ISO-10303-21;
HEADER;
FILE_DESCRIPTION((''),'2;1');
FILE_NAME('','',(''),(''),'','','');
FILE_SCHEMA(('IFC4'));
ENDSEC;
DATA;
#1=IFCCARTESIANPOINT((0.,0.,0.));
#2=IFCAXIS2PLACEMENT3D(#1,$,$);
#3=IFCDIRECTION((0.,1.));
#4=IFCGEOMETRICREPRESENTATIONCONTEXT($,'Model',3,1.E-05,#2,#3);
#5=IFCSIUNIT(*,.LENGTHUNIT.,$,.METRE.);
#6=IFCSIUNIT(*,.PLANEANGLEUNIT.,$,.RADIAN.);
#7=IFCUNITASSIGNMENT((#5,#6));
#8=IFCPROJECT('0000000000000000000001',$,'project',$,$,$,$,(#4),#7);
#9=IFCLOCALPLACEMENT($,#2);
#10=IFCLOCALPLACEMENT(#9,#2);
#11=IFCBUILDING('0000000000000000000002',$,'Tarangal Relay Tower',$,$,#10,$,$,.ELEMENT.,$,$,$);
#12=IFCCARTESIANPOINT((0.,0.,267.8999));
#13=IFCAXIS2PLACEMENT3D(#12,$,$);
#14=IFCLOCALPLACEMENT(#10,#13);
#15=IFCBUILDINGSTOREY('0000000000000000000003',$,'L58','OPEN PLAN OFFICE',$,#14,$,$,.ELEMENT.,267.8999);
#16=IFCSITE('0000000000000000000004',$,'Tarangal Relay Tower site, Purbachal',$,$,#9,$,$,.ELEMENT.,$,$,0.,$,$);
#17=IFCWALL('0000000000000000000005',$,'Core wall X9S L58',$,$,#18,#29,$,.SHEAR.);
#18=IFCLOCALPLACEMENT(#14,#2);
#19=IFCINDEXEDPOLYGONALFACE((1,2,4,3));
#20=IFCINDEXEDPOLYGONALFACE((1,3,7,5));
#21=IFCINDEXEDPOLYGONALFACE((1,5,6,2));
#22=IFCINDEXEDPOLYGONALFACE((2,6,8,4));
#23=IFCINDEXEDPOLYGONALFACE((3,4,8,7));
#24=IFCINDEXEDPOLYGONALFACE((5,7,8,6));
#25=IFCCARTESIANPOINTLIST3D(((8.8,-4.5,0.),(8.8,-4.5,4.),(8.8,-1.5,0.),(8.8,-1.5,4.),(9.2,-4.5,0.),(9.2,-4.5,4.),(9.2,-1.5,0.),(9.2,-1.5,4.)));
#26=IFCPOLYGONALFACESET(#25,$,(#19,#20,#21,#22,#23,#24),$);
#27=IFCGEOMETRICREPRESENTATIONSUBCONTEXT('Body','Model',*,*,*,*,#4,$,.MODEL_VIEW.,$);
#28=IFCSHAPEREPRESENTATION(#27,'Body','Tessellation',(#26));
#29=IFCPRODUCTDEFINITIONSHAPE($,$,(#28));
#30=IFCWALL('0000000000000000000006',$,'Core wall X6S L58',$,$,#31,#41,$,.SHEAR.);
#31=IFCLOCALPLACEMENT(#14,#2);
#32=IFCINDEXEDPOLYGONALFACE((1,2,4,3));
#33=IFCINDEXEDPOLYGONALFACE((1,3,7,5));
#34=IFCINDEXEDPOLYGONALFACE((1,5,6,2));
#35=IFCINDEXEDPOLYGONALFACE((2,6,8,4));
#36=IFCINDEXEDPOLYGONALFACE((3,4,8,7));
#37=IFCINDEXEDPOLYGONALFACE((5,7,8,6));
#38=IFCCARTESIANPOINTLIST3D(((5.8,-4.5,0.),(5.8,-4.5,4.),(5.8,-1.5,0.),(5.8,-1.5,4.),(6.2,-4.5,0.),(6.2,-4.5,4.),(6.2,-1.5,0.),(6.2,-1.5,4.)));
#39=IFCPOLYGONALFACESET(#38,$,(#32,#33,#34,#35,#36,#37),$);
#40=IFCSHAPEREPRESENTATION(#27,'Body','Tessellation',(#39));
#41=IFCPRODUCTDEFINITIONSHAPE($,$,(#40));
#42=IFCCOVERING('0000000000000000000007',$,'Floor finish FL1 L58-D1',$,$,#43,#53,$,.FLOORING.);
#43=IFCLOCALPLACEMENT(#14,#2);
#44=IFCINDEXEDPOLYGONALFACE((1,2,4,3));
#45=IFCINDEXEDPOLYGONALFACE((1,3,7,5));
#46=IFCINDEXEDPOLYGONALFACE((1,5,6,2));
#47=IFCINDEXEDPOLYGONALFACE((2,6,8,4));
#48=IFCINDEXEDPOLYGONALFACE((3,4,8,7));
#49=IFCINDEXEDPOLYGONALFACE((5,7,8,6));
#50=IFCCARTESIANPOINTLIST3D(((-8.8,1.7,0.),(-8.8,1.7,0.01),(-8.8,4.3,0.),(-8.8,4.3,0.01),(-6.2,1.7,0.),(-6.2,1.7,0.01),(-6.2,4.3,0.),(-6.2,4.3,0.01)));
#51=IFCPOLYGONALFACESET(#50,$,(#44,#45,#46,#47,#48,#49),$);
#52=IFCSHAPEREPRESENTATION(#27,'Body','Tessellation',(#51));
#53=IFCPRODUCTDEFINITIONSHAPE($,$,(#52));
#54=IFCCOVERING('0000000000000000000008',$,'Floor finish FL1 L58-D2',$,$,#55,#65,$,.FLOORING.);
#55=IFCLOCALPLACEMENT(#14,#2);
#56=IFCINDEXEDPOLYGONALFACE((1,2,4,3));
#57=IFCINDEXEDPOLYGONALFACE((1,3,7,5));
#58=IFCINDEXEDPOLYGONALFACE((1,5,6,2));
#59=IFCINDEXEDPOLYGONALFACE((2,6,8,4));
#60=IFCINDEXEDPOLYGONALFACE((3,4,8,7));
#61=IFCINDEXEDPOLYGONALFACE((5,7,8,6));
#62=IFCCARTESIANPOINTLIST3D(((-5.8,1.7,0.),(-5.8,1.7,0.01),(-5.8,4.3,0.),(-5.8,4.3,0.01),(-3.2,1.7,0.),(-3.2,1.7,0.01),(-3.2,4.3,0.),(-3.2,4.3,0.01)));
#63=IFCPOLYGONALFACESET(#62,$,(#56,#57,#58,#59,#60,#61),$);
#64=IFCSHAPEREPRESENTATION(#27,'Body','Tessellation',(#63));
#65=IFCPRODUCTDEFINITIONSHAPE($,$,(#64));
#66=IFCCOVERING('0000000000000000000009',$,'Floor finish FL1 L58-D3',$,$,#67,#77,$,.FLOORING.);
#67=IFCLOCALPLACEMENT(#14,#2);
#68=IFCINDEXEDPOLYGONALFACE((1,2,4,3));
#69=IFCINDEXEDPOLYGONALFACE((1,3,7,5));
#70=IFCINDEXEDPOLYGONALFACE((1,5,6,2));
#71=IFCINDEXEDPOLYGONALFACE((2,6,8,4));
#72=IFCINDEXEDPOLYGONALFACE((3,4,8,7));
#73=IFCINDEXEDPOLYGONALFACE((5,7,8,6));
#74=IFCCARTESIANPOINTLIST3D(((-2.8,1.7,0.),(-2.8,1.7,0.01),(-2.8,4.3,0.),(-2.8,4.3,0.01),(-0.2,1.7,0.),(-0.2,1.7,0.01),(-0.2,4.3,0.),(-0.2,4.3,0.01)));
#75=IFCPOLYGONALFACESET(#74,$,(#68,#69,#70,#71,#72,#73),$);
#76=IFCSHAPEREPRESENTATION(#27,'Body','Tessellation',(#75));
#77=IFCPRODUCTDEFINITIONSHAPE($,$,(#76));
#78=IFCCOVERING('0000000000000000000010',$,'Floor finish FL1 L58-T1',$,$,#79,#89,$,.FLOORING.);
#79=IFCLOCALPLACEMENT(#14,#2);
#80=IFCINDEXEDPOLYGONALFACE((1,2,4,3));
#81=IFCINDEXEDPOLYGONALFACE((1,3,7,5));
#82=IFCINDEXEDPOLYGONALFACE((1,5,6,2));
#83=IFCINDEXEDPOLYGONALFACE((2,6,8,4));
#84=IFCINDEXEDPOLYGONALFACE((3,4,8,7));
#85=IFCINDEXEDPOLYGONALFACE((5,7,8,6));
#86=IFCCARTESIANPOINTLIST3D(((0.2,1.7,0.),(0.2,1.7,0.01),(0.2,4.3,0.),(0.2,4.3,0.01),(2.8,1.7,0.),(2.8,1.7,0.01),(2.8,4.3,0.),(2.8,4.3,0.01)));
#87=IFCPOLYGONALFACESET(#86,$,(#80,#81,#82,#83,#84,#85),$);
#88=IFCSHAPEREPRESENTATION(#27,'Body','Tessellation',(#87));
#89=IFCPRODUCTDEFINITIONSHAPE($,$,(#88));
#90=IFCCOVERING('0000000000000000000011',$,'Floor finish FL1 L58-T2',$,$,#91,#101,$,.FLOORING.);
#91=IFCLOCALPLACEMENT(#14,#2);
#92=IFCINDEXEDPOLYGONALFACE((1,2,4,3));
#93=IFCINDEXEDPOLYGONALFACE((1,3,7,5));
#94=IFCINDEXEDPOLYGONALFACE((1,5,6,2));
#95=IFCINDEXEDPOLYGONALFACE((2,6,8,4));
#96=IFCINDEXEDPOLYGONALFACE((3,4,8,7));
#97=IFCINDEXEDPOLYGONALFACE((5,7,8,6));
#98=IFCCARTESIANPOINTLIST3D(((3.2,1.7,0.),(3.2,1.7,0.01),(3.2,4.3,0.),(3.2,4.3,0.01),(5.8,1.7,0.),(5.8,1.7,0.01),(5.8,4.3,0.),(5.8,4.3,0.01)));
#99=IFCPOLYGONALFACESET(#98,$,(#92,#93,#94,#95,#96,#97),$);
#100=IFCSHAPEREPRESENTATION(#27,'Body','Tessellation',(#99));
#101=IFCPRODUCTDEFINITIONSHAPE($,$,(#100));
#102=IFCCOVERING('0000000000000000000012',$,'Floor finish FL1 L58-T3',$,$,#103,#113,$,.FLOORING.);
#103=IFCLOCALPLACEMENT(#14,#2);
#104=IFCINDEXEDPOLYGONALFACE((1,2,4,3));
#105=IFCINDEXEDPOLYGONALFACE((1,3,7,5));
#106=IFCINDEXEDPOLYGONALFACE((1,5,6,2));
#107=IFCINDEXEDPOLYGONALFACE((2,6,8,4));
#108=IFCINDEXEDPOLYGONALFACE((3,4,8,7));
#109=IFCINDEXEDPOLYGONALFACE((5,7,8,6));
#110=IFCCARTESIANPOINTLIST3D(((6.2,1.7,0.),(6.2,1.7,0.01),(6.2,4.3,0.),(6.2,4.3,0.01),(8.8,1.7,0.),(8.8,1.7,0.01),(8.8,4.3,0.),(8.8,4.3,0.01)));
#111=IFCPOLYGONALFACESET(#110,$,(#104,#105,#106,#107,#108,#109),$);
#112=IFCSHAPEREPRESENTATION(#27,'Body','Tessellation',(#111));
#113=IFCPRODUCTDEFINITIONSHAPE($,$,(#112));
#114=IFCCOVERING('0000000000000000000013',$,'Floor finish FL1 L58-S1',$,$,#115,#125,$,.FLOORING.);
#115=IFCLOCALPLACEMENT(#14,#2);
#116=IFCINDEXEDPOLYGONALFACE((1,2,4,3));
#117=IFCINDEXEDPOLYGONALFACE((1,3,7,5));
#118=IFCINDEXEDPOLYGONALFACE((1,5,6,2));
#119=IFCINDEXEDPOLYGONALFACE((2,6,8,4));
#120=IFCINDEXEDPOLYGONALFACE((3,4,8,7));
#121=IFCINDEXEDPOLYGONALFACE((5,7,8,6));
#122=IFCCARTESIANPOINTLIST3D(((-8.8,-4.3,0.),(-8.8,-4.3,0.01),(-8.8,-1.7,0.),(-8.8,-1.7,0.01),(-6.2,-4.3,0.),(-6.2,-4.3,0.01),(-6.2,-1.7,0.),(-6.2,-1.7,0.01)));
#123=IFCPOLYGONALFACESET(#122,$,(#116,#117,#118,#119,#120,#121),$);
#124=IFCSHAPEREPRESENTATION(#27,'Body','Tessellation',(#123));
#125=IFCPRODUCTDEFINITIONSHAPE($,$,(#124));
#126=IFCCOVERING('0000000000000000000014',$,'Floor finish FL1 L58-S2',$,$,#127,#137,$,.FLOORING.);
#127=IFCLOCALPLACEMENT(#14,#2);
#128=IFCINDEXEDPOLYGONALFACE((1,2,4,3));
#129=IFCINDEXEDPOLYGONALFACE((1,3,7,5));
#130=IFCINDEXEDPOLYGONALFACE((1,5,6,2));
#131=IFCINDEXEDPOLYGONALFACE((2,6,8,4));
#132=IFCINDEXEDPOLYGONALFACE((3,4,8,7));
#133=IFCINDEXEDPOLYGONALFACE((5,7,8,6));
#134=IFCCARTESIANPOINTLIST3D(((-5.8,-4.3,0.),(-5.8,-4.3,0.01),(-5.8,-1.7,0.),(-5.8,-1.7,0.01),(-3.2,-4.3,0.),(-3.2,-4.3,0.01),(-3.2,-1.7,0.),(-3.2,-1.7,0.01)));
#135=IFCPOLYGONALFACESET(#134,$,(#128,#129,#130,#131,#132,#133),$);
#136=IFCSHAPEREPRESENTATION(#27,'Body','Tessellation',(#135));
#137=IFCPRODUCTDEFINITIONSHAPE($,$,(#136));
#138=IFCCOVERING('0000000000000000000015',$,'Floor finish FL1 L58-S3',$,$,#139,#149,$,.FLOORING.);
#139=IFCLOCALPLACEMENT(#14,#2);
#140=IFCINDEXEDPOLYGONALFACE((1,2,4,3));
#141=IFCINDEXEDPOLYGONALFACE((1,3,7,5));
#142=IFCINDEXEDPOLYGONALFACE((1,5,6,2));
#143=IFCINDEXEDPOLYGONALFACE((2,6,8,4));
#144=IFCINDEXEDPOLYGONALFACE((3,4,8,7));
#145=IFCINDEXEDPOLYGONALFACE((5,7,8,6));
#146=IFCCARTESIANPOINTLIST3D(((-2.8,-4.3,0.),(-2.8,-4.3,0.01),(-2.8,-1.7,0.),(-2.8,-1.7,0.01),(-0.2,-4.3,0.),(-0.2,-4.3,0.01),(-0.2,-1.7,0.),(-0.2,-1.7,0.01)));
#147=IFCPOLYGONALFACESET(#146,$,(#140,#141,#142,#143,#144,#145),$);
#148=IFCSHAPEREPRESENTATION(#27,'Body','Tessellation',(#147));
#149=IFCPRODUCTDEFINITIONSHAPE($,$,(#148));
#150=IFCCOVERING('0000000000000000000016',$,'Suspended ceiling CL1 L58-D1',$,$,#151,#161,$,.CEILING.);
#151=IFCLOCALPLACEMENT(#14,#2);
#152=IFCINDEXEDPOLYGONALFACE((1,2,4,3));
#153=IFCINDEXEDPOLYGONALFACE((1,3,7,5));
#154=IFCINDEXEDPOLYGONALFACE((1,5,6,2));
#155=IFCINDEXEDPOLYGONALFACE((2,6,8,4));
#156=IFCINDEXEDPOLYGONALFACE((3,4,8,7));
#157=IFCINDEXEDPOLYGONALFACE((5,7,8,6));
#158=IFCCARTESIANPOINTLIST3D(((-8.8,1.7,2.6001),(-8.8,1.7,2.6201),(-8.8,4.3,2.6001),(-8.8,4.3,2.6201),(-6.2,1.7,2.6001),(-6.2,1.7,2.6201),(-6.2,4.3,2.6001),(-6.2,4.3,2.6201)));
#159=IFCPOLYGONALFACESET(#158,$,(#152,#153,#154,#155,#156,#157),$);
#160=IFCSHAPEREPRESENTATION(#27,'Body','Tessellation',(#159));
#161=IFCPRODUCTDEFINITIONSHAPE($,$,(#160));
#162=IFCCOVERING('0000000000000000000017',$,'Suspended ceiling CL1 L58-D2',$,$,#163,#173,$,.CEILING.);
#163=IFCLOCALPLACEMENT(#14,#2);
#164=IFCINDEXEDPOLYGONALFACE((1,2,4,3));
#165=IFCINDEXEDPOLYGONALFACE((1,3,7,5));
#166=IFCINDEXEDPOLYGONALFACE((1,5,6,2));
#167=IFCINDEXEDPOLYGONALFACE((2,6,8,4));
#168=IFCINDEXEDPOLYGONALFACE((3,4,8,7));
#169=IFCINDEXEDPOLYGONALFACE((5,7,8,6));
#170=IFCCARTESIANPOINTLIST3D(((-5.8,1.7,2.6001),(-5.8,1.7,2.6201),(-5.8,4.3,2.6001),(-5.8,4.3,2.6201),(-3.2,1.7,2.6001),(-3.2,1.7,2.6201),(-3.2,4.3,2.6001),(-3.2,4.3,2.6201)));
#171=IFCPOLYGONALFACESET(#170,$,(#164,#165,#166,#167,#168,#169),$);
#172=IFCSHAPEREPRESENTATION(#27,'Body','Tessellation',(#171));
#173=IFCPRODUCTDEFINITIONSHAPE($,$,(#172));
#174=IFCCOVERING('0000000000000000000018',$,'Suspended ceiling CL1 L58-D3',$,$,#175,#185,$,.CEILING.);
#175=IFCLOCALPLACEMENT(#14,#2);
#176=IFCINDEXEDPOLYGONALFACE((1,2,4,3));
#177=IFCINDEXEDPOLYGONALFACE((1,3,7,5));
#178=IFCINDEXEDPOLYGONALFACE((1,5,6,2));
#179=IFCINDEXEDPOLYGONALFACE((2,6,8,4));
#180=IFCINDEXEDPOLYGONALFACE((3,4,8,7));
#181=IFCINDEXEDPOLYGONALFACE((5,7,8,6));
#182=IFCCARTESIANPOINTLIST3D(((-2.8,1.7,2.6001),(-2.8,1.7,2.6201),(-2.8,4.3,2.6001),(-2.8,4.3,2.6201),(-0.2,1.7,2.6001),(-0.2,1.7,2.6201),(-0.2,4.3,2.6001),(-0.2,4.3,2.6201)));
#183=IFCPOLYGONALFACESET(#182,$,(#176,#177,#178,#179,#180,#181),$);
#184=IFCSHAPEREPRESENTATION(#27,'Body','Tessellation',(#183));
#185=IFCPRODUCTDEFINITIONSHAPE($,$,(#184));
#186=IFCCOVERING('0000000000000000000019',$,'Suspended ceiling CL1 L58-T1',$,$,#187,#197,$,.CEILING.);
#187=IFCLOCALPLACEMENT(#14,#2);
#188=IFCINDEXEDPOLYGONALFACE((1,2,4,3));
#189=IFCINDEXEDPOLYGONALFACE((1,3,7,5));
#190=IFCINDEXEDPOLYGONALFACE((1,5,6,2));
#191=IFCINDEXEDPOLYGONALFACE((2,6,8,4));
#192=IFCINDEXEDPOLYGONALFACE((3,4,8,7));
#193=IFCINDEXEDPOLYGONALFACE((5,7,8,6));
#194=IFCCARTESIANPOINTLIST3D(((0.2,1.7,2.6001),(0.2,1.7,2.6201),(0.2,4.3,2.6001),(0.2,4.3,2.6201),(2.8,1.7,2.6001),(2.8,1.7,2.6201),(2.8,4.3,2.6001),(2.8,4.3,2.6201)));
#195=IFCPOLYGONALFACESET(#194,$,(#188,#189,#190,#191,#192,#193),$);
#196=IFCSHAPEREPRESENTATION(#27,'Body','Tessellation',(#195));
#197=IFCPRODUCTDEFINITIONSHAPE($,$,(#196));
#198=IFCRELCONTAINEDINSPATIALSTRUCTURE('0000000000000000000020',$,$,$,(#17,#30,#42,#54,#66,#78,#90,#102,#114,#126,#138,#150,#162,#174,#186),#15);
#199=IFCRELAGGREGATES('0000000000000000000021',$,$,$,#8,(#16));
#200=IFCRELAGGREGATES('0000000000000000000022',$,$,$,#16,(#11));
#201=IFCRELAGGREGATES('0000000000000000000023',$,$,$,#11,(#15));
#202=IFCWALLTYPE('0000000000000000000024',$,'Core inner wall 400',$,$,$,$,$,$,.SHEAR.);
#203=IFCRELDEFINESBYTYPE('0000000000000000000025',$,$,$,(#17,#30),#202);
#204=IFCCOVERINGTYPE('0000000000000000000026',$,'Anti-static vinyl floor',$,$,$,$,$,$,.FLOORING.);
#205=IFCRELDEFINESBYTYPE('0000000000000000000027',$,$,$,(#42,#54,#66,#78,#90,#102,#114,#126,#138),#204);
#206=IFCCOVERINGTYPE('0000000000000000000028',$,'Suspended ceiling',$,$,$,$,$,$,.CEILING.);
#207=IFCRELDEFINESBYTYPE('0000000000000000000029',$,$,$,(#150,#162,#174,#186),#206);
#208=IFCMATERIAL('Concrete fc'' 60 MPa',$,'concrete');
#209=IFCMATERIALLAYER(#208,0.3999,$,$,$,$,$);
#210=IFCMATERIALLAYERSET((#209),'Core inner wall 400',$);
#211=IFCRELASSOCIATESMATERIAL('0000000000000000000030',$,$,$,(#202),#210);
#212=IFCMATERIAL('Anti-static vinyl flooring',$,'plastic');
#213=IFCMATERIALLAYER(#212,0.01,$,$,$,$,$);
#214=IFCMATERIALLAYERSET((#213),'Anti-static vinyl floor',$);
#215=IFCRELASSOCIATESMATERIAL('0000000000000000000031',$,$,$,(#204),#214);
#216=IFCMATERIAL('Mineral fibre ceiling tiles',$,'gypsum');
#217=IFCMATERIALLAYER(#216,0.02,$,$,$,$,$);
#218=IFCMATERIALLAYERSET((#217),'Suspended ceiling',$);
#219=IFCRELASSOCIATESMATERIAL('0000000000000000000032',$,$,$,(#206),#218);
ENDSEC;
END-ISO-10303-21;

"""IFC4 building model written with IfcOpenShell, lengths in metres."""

from ifc_helpers import new_model, si_unit, direction, frame, frame_2d, origin, place, context, subcontext, project, spatial, polyline, rectangle, outline, extrude, material, layer, layer_set, type_object, element, save


model = new_model("IFC4")

# Units and contexts
model_context = context("Model", 3, precision=1e-05, world=origin(), true_north=direction((0.0, 1.0)))
body_context = subcontext(model_context, "Body", "Model", "MODEL_VIEW")
ifc_project = project(units=[si_unit("LENGTHUNIT", "METRE"), si_unit("PLANEANGLEUNIT", "RADIAN")], contexts=[model_context])

# Site, building, storey
site_placement = place(None, origin())
site = spatial("IfcSite", under=ifc_project, at=site_placement, Name="Tarangal Relay Tower site, Purbachal", CompositionType="ELEMENT", RefElevation=0.0)
building_placement = place(site_placement, origin())
building = spatial("IfcBuilding", under=site, at=building_placement, Name="Tarangal Relay Tower", CompositionType="ELEMENT")
storey_placement = place(building_placement, frame((0.0, 0.0, 267.8999)))
storey = spatial("IfcBuildingStorey", under=building, at=storey_placement, Name="L58", Description="OPEN PLAN OFFICE", CompositionType="ELEMENT", Elevation=267.8999)

# Walls
ifc_material_1 = material(Name="Concrete fc' 60 MPa", Category="concrete")
ifc_layer_1 = layer(ifc_material_1, 0.3999)
ifc_layer_set_1 = layer_set([ifc_layer_1], Name="Core inner wall 400")
wall_type = type_object("IfcWallType", Name="Core inner wall 400", PredefinedType="SHEAR", material=ifc_layer_set_1)
for number, where, z_axis, x_axis, name in (
    (1, (9.0, -4.5, 0.0), (0.0, 0.0, 1.0), (0.0, 1.0, 0.0), "Core wall X9S L58"),
    (2, (6.0, -4.5, 0.0), (0.0, 0.0, 1.0), (0.0, 1.0, 0.0), "Core wall X6S L58"),
):
    element("IfcWall", number, at=place(storey_placement, frame(where, z_axis=z_axis, x_axis=x_axis)), inside=storey, type_object=wall_type, Name=name, PredefinedType="SHEAR", context=body_context, shape_type="SweptSolid", body=[
        extrude(rectangle(XDim=3.0, YDim=0.3999, at=frame_2d((1.5, 0.0))), origin(), (0.0, 0.0, 1.0), 4.0),
    ])

# Coverings
ifc_material_2 = material(Name="Anti-static vinyl flooring", Category="plastic")
ifc_layer_2 = layer(ifc_material_2, 0.01)
ifc_layer_set_2 = layer_set([ifc_layer_2], Name="Anti-static vinyl floor")
covering_type_1 = type_object("IfcCoveringType", Name="Anti-static vinyl floor", PredefinedType="FLOORING", material=ifc_layer_set_2)
covering_1_placement = place(storey_placement, origin())
element("IfcCovering", 3, at=covering_1_placement, inside=storey, type_object=covering_type_1, Name="Floor finish FL1 L58-D1", PredefinedType="FLOORING", context=body_context, shape_type="SweptSolid", body=[
    extrude(outline(polyline([(-8.8, 1.7), (-6.2, 1.7), (-6.2, 4.3), (-8.8, 4.3), (-8.8, 1.7)])), origin(), (0.0, 0.0, 1.0), 0.01),
])
covering_2_placement = place(storey_placement, origin())
element("IfcCovering", 4, at=covering_2_placement, inside=storey, type_object=covering_type_1, Name="Floor finish FL1 L58-D2", PredefinedType="FLOORING", context=body_context, shape_type="SweptSolid", body=[
    extrude(outline(polyline([(-5.8, 1.7), (-3.2, 1.7), (-3.2, 4.3), (-5.8, 4.3), (-5.8, 1.7)])), origin(), (0.0, 0.0, 1.0), 0.01),
])
covering_3_placement = place(storey_placement, origin())
element("IfcCovering", 5, at=covering_3_placement, inside=storey, type_object=covering_type_1, Name="Floor finish FL1 L58-D3", PredefinedType="FLOORING", context=body_context, shape_type="SweptSolid", body=[
    extrude(outline(polyline([(-2.8, 1.7), (-0.2, 1.7), (-0.2, 4.3), (-2.8, 4.3), (-2.8, 1.7)])), origin(), (0.0, 0.0, 1.0), 0.01),
])
covering_4_placement = place(storey_placement, origin())
element("IfcCovering", 6, at=covering_4_placement, inside=storey, type_object=covering_type_1, Name="Floor finish FL1 L58-T1", PredefinedType="FLOORING", context=body_context, shape_type="SweptSolid", body=[
    extrude(outline(polyline([(0.2, 1.7), (2.8, 1.7), (2.8, 4.3), (0.2, 4.3), (0.2, 1.7)])), origin(), (0.0, 0.0, 1.0), 0.01),
])
covering_5_placement = place(storey_placement, origin())
element("IfcCovering", 7, at=covering_5_placement, inside=storey, type_object=covering_type_1, Name="Floor finish FL1 L58-T2", PredefinedType="FLOORING", context=body_context, shape_type="SweptSolid", body=[
    extrude(outline(polyline([(3.2, 1.7), (5.8, 1.7), (5.8, 4.3), (3.2, 4.3), (3.2, 1.7)])), origin(), (0.0, 0.0, 1.0), 0.01),
])
covering_6_placement = place(storey_placement, origin())
element("IfcCovering", 8, at=covering_6_placement, inside=storey, type_object=covering_type_1, Name="Floor finish FL1 L58-T3", PredefinedType="FLOORING", context=body_context, shape_type="SweptSolid", body=[
    extrude(outline(polyline([(6.2, 1.7), (8.8, 1.7), (8.8, 4.3), (6.2, 4.3), (6.2, 1.7)])), origin(), (0.0, 0.0, 1.0), 0.01),
])
covering_7_placement = place(storey_placement, origin())
element("IfcCovering", 9, at=covering_7_placement, inside=storey, type_object=covering_type_1, Name="Floor finish FL1 L58-S1", PredefinedType="FLOORING", context=body_context, shape_type="SweptSolid", body=[
    extrude(outline(polyline([(-8.8, -4.3), (-6.2, -4.3), (-6.2, -1.7), (-8.8, -1.7), (-8.8, -4.3)])), origin(), (0.0, 0.0, 1.0), 0.01),
])
covering_8_placement = place(storey_placement, origin())
element("IfcCovering", 10, at=covering_8_placement, inside=storey, type_object=covering_type_1, Name="Floor finish FL1 L58-S2", PredefinedType="FLOORING", context=body_context, shape_type="SweptSolid", body=[
    extrude(outline(polyline([(-5.8, -4.3), (-3.2, -4.3), (-3.2, -1.7), (-5.8, -1.7), (-5.8, -4.3)])), origin(), (0.0, 0.0, 1.0), 0.01),
])
covering_9_placement = place(storey_placement, origin())
element("IfcCovering", 11, at=covering_9_placement, inside=storey, type_object=covering_type_1, Name="Floor finish FL1 L58-S3", PredefinedType="FLOORING", context=body_context, shape_type="SweptSolid", body=[
    extrude(outline(polyline([(-2.8, -4.3), (-0.2, -4.3), (-0.2, -1.7), (-2.8, -1.7), (-2.8, -4.3)])), origin(), (0.0, 0.0, 1.0), 0.01),
])
ifc_material_3 = material(Name="Mineral fibre ceiling tiles", Category="gypsum")
ifc_layer_3 = layer(ifc_material_3, 0.02)
ifc_layer_set_3 = layer_set([ifc_layer_3], Name="Suspended ceiling")
covering_type_2 = type_object("IfcCoveringType", Name="Suspended ceiling", PredefinedType="CEILING", material=ifc_layer_set_3)
covering_10_placement = place(storey_placement, frame((0.0, 0.0, 2.6001)))
element("IfcCovering", 12, at=covering_10_placement, inside=storey, type_object=covering_type_2, Name="Suspended ceiling CL1 L58-D1", PredefinedType="CEILING", context=body_context, shape_type="SweptSolid", body=[
    extrude(outline(polyline([(-8.8, 1.7), (-6.2, 1.7), (-6.2, 4.3), (-8.8, 4.3), (-8.8, 1.7)])), origin(), (0.0, 0.0, 1.0), 0.02),
])
covering_11_placement = place(storey_placement, frame((0.0, 0.0, 2.6001)))
element("IfcCovering", 13, at=covering_11_placement, inside=storey, type_object=covering_type_2, Name="Suspended ceiling CL1 L58-D2", PredefinedType="CEILING", context=body_context, shape_type="SweptSolid", body=[
    extrude(outline(polyline([(-5.8, 1.7), (-3.2, 1.7), (-3.2, 4.3), (-5.8, 4.3), (-5.8, 1.7)])), origin(), (0.0, 0.0, 1.0), 0.02),
])
covering_12_placement = place(storey_placement, frame((0.0, 0.0, 2.6001)))
element("IfcCovering", 14, at=covering_12_placement, inside=storey, type_object=covering_type_2, Name="Suspended ceiling CL1 L58-D3", PredefinedType="CEILING", context=body_context, shape_type="SweptSolid", body=[
    extrude(outline(polyline([(-2.8, 1.7), (-0.2, 1.7), (-0.2, 4.3), (-2.8, 4.3), (-2.8, 1.7)])), origin(), (0.0, 0.0, 1.0), 0.02),
])
covering_13_placement = place(storey_placement, frame((0.0, 0.0, 2.6001)))
element("IfcCovering", 15, at=covering_13_placement, inside=storey, type_object=covering_type_2, Name="Suspended ceiling CL1 L58-T1", PredefinedType="CEILING", context=body_context, shape_type="SweptSolid", body=[
    extrude(outline(polyline([(0.2, 1.7), (2.8, 1.7), (2.8, 4.3), (0.2, 4.3), (0.2, 1.7)])), origin(), (0.0, 0.0, 1.0), 0.02),
])

save(model, "model.ifc")
